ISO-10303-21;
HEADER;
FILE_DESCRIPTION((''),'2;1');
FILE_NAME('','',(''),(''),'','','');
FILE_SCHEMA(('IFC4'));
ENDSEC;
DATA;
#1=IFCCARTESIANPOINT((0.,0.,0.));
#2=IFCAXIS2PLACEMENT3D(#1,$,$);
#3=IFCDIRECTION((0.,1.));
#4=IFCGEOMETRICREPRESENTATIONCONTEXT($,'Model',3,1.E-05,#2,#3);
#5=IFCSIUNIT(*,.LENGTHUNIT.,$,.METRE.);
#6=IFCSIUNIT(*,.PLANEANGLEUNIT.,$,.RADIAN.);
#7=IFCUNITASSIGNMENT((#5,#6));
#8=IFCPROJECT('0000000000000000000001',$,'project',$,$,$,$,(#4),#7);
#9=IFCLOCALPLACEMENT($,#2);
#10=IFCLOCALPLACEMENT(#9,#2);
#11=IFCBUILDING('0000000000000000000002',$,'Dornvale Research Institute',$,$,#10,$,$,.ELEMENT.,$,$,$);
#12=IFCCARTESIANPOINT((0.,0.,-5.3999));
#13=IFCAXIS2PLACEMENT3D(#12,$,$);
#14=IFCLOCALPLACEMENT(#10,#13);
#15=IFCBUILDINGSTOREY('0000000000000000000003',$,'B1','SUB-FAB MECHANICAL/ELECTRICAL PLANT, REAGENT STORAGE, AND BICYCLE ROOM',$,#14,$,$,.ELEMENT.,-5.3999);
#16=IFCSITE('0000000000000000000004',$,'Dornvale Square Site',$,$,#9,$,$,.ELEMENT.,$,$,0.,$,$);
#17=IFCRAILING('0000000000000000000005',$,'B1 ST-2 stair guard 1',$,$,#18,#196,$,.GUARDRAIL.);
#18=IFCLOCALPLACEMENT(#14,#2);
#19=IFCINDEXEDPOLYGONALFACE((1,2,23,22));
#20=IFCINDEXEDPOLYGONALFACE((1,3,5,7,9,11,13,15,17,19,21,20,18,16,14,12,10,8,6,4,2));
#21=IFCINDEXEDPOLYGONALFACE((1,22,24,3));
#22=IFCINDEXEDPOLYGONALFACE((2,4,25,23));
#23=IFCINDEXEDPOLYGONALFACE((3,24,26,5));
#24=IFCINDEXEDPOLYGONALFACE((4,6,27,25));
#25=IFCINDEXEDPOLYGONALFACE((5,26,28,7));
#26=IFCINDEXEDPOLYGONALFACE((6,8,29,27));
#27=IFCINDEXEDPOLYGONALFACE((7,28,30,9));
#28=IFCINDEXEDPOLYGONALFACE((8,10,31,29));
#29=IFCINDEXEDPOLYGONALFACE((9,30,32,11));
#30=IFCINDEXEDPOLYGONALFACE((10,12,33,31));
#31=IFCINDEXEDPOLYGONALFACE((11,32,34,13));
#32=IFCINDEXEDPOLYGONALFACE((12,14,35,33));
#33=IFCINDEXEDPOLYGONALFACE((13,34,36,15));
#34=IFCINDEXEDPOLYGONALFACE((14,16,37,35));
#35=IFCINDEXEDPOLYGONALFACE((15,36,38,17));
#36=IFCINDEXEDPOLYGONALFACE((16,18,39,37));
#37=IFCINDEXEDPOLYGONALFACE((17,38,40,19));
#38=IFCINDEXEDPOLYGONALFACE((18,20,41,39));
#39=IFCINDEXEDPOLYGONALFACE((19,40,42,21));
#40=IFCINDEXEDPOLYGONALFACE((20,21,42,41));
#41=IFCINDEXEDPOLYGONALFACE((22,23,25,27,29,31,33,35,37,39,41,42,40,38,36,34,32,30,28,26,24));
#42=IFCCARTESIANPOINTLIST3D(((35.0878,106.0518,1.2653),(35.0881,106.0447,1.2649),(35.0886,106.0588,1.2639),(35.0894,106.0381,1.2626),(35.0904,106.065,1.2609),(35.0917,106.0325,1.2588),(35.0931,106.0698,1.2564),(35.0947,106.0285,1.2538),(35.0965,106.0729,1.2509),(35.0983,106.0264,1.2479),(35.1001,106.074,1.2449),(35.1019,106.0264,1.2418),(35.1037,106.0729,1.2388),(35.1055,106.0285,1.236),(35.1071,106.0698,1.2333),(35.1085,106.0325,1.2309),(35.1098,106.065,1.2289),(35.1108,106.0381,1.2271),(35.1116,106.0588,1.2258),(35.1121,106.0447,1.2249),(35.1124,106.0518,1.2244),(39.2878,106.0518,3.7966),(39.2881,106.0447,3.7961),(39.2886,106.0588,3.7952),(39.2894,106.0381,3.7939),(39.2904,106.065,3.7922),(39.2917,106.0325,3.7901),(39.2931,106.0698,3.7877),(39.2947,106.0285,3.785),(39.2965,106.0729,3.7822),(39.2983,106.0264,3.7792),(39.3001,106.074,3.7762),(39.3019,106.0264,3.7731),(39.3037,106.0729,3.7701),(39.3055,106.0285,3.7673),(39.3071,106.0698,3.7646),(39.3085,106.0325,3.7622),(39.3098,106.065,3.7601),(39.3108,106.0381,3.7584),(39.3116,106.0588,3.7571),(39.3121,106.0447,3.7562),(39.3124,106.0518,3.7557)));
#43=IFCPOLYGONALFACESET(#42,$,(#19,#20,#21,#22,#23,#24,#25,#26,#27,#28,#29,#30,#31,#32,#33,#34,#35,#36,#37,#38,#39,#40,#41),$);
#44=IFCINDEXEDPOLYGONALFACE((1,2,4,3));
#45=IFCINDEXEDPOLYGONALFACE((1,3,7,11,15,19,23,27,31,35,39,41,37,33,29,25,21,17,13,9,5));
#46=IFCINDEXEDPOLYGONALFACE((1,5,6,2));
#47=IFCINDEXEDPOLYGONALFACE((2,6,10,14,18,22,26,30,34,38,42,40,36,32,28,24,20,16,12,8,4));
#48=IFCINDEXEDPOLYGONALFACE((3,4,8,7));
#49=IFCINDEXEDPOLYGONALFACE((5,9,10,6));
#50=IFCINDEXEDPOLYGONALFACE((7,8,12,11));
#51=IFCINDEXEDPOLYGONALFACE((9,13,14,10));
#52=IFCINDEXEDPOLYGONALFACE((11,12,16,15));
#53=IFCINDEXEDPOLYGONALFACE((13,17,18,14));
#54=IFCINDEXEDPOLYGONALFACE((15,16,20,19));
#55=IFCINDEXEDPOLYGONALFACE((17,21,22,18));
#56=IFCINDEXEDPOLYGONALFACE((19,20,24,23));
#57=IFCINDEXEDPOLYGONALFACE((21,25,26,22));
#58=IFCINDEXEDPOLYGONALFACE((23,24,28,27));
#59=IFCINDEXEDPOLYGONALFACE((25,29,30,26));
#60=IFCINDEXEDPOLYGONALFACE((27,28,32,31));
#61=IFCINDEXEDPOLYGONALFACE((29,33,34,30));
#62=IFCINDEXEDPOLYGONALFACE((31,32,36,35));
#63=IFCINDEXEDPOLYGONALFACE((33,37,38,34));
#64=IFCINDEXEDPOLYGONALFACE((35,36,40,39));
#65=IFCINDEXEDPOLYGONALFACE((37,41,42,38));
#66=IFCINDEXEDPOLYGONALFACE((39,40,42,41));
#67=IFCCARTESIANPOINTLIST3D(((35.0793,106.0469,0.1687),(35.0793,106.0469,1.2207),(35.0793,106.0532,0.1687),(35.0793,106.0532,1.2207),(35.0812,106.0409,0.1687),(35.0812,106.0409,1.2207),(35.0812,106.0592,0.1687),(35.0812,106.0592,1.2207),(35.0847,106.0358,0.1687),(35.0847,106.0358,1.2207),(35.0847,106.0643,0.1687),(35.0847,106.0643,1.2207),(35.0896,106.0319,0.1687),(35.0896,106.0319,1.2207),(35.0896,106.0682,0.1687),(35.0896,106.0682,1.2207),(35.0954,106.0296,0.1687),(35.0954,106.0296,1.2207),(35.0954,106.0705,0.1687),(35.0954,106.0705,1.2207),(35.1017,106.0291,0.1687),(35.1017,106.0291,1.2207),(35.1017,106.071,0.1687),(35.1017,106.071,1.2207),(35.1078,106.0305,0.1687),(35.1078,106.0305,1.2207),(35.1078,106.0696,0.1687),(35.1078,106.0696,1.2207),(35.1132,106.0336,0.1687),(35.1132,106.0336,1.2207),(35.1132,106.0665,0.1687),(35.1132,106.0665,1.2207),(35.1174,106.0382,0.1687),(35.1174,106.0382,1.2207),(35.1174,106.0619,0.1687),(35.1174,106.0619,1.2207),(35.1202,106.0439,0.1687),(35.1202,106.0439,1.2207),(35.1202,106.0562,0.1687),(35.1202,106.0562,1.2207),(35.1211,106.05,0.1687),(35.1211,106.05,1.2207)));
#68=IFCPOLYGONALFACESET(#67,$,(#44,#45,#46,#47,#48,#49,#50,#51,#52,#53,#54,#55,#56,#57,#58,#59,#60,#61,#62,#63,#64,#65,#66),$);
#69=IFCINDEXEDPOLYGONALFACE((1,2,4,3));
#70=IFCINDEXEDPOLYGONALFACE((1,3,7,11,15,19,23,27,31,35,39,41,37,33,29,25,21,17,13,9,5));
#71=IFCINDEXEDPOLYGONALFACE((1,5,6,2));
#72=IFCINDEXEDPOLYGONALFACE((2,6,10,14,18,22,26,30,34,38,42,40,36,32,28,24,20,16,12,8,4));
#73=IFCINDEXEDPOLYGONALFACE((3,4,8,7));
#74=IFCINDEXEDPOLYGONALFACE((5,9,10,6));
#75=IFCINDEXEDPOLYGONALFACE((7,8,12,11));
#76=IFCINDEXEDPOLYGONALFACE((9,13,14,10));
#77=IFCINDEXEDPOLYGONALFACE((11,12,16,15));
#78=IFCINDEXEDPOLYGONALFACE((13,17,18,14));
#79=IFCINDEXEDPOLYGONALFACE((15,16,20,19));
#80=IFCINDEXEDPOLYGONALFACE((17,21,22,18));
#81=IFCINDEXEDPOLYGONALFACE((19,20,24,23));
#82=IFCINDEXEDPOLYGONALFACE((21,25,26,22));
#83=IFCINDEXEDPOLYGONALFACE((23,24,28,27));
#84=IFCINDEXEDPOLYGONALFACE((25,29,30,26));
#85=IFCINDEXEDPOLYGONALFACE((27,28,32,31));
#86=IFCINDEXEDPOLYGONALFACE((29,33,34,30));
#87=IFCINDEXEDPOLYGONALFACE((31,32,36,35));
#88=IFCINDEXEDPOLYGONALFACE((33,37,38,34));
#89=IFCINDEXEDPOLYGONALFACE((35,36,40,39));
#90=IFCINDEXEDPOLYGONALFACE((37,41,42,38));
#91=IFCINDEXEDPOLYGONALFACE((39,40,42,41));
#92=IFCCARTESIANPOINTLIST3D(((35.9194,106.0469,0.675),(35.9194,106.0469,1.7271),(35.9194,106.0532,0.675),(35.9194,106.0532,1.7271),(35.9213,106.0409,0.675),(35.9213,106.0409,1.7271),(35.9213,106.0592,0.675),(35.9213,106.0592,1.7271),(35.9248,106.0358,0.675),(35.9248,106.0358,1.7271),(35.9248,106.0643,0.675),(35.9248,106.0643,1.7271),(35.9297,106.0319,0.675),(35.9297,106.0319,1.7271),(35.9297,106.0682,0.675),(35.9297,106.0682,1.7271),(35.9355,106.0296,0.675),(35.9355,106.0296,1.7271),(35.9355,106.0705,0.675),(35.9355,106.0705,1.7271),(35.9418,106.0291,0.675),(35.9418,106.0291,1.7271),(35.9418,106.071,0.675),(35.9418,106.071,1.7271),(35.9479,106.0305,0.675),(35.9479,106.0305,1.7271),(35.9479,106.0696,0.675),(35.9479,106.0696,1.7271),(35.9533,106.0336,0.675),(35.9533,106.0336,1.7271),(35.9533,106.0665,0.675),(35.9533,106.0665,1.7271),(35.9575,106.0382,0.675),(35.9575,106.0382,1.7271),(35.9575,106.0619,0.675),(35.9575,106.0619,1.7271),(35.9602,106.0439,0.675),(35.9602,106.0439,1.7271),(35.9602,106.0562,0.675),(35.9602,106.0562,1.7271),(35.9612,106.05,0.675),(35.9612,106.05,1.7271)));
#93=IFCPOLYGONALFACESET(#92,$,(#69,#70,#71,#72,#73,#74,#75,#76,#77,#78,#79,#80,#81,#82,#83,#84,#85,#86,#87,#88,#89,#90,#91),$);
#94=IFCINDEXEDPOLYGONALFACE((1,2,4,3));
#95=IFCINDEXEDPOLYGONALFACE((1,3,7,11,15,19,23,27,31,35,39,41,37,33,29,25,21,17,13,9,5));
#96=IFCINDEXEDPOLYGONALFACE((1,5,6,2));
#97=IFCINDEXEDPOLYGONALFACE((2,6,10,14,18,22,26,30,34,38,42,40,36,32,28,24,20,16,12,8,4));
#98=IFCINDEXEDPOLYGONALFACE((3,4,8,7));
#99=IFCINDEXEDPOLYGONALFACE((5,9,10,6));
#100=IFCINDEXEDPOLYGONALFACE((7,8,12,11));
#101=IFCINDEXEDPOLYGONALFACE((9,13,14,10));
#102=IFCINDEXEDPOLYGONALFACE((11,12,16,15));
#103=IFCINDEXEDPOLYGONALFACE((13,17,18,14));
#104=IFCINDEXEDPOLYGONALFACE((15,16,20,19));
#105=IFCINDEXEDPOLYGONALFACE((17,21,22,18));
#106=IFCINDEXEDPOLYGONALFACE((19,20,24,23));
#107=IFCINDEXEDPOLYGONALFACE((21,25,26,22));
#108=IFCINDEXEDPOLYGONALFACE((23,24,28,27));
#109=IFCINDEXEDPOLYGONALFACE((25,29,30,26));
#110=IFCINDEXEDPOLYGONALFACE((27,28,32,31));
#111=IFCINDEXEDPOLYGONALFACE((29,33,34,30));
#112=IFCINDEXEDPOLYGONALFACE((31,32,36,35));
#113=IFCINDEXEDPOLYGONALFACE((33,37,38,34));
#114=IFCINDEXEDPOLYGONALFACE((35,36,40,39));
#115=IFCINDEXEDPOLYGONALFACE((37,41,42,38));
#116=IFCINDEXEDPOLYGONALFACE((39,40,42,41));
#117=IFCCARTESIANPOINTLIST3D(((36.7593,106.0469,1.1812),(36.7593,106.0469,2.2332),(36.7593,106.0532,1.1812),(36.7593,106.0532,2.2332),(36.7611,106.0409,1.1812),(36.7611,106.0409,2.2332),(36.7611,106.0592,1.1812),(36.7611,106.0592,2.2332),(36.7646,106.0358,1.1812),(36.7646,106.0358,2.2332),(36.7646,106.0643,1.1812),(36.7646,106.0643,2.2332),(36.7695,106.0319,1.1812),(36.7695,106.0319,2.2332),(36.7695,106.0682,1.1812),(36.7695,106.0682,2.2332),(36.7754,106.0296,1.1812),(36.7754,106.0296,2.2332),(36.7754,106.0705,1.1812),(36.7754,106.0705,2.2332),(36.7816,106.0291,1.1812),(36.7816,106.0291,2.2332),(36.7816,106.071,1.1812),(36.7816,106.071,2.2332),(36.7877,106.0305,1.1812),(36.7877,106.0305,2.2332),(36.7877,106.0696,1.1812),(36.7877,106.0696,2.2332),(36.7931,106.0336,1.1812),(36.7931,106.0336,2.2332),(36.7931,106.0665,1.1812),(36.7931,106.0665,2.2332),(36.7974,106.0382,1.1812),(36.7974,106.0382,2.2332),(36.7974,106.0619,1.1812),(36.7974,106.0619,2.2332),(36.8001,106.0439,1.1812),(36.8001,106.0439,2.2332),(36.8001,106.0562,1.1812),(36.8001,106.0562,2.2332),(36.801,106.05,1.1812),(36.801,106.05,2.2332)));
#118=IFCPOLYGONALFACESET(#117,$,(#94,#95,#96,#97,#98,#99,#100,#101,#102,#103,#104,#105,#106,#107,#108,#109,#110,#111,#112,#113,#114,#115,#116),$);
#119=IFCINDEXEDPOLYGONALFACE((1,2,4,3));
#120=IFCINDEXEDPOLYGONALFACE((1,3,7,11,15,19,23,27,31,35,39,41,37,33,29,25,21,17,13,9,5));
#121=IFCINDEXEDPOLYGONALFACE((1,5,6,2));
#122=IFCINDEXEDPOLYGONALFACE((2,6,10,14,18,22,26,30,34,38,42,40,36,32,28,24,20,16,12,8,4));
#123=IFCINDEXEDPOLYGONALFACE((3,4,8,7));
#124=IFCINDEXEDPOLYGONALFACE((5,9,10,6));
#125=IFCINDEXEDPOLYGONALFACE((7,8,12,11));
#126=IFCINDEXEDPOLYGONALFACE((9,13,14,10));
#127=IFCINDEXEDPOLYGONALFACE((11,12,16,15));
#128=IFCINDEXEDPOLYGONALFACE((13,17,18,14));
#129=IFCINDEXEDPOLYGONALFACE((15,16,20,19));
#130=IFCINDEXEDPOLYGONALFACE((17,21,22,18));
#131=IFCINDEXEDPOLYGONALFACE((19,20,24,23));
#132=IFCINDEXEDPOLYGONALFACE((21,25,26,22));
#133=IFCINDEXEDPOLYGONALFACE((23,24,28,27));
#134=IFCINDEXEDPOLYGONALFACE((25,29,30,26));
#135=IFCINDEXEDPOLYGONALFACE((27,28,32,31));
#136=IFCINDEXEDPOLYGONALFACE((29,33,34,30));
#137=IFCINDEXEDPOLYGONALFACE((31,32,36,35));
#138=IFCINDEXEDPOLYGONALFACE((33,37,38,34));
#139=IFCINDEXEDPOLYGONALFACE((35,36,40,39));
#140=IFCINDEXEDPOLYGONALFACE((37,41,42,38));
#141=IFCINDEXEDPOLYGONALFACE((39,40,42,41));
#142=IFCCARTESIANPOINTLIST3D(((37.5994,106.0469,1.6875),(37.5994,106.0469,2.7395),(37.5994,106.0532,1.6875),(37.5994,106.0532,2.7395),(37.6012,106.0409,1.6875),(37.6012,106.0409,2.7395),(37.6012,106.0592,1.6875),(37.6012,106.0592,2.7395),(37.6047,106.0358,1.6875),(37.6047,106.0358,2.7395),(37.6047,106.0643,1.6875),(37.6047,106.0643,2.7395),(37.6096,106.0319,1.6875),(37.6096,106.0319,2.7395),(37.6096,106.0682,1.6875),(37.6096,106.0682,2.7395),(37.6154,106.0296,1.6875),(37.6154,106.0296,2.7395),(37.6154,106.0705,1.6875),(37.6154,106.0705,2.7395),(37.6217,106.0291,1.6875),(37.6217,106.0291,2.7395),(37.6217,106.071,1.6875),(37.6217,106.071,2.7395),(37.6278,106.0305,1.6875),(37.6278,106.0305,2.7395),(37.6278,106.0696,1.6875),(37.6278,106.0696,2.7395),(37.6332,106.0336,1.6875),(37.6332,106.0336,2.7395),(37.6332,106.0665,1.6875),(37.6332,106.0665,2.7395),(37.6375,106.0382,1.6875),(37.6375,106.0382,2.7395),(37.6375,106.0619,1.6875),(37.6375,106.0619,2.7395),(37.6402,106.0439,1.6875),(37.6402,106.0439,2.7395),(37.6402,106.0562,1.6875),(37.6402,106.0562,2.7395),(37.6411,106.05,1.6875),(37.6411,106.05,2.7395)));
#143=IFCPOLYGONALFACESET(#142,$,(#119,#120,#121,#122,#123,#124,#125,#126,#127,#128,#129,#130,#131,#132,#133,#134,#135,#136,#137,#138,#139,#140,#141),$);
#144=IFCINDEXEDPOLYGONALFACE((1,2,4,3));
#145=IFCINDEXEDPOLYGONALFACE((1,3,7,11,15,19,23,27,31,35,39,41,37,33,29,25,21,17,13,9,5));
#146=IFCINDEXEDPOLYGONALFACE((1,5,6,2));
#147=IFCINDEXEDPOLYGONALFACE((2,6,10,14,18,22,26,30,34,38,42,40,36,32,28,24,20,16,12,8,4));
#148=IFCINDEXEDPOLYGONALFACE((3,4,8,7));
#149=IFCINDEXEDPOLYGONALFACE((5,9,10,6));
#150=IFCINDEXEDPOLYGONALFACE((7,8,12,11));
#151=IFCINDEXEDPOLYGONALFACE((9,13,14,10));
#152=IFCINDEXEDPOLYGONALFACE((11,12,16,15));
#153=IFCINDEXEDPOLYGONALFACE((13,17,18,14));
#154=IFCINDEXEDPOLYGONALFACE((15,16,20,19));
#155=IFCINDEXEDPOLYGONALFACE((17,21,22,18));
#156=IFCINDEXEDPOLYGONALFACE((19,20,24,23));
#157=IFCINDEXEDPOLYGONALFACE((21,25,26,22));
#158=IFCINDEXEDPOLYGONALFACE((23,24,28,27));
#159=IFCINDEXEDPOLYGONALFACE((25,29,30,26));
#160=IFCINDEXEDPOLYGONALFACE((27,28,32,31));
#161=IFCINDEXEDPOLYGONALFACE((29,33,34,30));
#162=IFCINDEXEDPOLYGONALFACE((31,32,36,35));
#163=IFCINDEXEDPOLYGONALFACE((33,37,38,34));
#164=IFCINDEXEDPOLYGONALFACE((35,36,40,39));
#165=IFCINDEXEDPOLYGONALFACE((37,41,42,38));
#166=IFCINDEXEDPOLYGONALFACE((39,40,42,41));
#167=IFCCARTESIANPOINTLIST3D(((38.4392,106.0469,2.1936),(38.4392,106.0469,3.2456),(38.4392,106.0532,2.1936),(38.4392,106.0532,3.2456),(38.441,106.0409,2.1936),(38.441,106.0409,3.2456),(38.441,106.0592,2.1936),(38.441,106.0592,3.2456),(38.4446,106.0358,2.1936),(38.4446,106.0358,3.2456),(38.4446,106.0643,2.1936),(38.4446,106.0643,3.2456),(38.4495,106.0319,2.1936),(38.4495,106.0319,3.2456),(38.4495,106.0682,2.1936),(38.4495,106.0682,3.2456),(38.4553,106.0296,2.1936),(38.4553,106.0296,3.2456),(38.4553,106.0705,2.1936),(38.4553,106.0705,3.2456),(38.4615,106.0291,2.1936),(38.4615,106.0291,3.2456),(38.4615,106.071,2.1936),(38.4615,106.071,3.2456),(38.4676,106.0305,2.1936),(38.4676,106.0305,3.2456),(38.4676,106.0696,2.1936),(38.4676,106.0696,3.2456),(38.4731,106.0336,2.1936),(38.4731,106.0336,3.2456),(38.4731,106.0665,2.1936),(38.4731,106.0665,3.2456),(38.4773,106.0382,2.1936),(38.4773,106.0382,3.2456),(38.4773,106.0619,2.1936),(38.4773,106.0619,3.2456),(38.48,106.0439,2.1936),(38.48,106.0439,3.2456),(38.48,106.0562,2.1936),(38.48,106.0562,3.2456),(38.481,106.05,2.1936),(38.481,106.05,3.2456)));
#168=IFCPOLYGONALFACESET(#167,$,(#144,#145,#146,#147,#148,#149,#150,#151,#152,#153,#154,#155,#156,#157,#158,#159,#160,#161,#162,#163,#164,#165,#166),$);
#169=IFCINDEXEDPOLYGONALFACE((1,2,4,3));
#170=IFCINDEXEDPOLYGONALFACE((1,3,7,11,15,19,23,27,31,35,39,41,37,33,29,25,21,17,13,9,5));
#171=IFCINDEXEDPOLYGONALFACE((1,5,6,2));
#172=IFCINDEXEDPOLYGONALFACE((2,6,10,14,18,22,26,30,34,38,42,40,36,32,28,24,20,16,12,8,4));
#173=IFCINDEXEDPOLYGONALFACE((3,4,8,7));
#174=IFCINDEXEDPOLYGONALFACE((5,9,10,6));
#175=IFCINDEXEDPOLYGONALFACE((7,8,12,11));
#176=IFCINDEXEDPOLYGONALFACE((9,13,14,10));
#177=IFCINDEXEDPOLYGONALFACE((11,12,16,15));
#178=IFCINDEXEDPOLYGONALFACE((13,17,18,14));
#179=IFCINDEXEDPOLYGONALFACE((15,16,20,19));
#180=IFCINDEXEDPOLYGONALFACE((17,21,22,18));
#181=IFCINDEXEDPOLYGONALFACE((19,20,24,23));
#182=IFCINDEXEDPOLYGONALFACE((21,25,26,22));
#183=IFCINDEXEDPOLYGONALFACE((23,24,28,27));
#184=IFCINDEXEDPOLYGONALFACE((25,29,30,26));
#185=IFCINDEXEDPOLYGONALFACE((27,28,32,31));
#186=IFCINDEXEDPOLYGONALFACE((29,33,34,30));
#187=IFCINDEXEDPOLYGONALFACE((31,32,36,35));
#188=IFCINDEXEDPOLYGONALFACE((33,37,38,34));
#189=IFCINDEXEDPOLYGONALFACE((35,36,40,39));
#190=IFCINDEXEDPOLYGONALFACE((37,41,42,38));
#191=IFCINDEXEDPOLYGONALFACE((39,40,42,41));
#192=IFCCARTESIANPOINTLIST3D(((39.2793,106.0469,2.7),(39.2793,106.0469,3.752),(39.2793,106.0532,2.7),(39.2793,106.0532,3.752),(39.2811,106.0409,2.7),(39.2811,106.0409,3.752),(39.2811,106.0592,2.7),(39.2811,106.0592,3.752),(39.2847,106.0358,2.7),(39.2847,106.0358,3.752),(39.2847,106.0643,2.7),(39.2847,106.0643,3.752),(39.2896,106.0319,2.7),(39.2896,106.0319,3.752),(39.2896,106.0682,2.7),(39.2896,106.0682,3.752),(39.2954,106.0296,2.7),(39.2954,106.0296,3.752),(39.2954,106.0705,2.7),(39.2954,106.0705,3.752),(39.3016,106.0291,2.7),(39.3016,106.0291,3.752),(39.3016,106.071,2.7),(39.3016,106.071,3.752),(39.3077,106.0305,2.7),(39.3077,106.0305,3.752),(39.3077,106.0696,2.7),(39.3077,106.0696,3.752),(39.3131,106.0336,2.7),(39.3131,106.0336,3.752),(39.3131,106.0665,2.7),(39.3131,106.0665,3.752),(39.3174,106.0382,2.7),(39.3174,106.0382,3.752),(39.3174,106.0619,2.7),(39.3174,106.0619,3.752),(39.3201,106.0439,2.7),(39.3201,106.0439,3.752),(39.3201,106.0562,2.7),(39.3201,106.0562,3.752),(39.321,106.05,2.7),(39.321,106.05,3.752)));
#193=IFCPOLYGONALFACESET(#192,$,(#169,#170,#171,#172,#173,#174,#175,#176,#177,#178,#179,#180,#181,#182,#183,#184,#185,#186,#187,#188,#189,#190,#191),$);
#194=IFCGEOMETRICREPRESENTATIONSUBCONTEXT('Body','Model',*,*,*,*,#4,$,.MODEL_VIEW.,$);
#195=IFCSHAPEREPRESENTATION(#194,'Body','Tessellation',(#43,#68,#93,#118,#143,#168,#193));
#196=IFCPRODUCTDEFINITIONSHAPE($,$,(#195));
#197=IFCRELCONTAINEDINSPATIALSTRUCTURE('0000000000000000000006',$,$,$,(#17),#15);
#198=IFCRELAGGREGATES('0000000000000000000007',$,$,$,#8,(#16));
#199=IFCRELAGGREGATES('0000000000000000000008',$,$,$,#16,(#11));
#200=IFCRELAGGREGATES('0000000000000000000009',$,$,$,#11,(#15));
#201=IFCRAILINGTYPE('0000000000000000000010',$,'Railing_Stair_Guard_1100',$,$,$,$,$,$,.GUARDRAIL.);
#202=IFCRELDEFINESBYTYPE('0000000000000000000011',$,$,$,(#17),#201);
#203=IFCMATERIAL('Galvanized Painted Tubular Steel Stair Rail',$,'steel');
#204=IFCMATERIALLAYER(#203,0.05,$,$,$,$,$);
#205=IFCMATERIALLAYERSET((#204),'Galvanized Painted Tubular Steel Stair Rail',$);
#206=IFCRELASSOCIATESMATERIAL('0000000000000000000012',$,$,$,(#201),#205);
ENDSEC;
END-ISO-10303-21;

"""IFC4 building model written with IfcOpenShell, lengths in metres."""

from ifc_helpers import new_model, si_unit, direction, frame, origin, origin_2d, place, context, subcontext, project, spatial, circle, extrude, material, layer, layer_set, type_object, element, save


model = new_model("IFC4")

# Units and contexts
model_context = context("Model", 3, precision=1e-05, world=origin(), true_north=direction((0.0, 1.0)))
body_context = subcontext(model_context, "Body", "Model", "MODEL_VIEW")
ifc_project = project(units=[si_unit("LENGTHUNIT", "METRE"), si_unit("PLANEANGLEUNIT", "RADIAN")], contexts=[model_context])

# Site, building, storey
site_placement = place(None, origin())
site = spatial("IfcSite", under=ifc_project, at=site_placement, Name="Dornvale Square Site", CompositionType="ELEMENT", RefElevation=0.0)
building_placement = place(site_placement, origin())
building = spatial("IfcBuilding", under=site, at=building_placement, Name="Dornvale Research Institute", CompositionType="ELEMENT")
storey_placement = place(building_placement, frame((0.0, 0.0, -5.3999)))
storey = spatial("IfcBuildingStorey", under=building, at=storey_placement, Name="B1", Description="SUB-FAB MECHANICAL/ELECTRICAL PLANT, REAGENT STORAGE, AND BICYCLE ROOM", CompositionType="ELEMENT", Elevation=-5.3999)

# Railing
ifc_material_1 = material(Name="Galvanized Painted Tubular Steel Stair Rail", Category="steel")
ifc_layer_1 = layer(ifc_material_1, 0.05)
ifc_layer_set_1 = layer_set([ifc_layer_1], Name="Galvanized Painted Tubular Steel Stair Rail")
railing_type_1 = type_object("IfcRailingType", Name="Railing_Stair_Guard_1100", PredefinedType="GUARDRAIL", material=ifc_layer_set_1)
railing_1_placement = place(storey_placement, frame((35.1001, 106.05, 0.1687)))
element("IfcRailing", 1, at=railing_1_placement, inside=storey, type_object=railing_type_1, Name="B1 ST-2 stair guard 1", PredefinedType="GUARDRAIL", context=body_context, shape_type="SweptSolid", body=[
    extrude(circle(Radius=0.0239, at=origin_2d()), frame((0.0, 0.0, 1.0762), z_axis=(0.856476, 0.0, 0.516186), x_axis=(0.0, 1.0, 0.0)), (0.0, 0.0, 1.0), 4.9038),
    extrude(circle(Radius=0.021, at=origin_2d()), origin(), (0.0, 0.0, 1.0), 1.052),
    extrude(circle(Radius=0.021, at=origin_2d()), frame((0.8401, 0.0, 0.5063)), (0.0, 0.0, 1.0), 1.052),
    extrude(circle(Radius=0.021, at=origin_2d()), frame((1.6799, 0.0, 1.0125)), (0.0, 0.0, 1.0), 1.052),
    extrude(circle(Radius=0.021, at=origin_2d()), frame((2.52, 0.0, 1.5188)), (0.0, 0.0, 1.0), 1.052),
    extrude(circle(Radius=0.021, at=origin_2d()), frame((3.3599, 0.0, 2.0249)), (0.0, 0.0, 1.0), 1.052),
    extrude(circle(Radius=0.021, at=origin_2d()), frame((4.2, 0.0, 2.5312)), (0.0, 0.0, 1.0), 1.052),
])

save(model, "model.ifc")
